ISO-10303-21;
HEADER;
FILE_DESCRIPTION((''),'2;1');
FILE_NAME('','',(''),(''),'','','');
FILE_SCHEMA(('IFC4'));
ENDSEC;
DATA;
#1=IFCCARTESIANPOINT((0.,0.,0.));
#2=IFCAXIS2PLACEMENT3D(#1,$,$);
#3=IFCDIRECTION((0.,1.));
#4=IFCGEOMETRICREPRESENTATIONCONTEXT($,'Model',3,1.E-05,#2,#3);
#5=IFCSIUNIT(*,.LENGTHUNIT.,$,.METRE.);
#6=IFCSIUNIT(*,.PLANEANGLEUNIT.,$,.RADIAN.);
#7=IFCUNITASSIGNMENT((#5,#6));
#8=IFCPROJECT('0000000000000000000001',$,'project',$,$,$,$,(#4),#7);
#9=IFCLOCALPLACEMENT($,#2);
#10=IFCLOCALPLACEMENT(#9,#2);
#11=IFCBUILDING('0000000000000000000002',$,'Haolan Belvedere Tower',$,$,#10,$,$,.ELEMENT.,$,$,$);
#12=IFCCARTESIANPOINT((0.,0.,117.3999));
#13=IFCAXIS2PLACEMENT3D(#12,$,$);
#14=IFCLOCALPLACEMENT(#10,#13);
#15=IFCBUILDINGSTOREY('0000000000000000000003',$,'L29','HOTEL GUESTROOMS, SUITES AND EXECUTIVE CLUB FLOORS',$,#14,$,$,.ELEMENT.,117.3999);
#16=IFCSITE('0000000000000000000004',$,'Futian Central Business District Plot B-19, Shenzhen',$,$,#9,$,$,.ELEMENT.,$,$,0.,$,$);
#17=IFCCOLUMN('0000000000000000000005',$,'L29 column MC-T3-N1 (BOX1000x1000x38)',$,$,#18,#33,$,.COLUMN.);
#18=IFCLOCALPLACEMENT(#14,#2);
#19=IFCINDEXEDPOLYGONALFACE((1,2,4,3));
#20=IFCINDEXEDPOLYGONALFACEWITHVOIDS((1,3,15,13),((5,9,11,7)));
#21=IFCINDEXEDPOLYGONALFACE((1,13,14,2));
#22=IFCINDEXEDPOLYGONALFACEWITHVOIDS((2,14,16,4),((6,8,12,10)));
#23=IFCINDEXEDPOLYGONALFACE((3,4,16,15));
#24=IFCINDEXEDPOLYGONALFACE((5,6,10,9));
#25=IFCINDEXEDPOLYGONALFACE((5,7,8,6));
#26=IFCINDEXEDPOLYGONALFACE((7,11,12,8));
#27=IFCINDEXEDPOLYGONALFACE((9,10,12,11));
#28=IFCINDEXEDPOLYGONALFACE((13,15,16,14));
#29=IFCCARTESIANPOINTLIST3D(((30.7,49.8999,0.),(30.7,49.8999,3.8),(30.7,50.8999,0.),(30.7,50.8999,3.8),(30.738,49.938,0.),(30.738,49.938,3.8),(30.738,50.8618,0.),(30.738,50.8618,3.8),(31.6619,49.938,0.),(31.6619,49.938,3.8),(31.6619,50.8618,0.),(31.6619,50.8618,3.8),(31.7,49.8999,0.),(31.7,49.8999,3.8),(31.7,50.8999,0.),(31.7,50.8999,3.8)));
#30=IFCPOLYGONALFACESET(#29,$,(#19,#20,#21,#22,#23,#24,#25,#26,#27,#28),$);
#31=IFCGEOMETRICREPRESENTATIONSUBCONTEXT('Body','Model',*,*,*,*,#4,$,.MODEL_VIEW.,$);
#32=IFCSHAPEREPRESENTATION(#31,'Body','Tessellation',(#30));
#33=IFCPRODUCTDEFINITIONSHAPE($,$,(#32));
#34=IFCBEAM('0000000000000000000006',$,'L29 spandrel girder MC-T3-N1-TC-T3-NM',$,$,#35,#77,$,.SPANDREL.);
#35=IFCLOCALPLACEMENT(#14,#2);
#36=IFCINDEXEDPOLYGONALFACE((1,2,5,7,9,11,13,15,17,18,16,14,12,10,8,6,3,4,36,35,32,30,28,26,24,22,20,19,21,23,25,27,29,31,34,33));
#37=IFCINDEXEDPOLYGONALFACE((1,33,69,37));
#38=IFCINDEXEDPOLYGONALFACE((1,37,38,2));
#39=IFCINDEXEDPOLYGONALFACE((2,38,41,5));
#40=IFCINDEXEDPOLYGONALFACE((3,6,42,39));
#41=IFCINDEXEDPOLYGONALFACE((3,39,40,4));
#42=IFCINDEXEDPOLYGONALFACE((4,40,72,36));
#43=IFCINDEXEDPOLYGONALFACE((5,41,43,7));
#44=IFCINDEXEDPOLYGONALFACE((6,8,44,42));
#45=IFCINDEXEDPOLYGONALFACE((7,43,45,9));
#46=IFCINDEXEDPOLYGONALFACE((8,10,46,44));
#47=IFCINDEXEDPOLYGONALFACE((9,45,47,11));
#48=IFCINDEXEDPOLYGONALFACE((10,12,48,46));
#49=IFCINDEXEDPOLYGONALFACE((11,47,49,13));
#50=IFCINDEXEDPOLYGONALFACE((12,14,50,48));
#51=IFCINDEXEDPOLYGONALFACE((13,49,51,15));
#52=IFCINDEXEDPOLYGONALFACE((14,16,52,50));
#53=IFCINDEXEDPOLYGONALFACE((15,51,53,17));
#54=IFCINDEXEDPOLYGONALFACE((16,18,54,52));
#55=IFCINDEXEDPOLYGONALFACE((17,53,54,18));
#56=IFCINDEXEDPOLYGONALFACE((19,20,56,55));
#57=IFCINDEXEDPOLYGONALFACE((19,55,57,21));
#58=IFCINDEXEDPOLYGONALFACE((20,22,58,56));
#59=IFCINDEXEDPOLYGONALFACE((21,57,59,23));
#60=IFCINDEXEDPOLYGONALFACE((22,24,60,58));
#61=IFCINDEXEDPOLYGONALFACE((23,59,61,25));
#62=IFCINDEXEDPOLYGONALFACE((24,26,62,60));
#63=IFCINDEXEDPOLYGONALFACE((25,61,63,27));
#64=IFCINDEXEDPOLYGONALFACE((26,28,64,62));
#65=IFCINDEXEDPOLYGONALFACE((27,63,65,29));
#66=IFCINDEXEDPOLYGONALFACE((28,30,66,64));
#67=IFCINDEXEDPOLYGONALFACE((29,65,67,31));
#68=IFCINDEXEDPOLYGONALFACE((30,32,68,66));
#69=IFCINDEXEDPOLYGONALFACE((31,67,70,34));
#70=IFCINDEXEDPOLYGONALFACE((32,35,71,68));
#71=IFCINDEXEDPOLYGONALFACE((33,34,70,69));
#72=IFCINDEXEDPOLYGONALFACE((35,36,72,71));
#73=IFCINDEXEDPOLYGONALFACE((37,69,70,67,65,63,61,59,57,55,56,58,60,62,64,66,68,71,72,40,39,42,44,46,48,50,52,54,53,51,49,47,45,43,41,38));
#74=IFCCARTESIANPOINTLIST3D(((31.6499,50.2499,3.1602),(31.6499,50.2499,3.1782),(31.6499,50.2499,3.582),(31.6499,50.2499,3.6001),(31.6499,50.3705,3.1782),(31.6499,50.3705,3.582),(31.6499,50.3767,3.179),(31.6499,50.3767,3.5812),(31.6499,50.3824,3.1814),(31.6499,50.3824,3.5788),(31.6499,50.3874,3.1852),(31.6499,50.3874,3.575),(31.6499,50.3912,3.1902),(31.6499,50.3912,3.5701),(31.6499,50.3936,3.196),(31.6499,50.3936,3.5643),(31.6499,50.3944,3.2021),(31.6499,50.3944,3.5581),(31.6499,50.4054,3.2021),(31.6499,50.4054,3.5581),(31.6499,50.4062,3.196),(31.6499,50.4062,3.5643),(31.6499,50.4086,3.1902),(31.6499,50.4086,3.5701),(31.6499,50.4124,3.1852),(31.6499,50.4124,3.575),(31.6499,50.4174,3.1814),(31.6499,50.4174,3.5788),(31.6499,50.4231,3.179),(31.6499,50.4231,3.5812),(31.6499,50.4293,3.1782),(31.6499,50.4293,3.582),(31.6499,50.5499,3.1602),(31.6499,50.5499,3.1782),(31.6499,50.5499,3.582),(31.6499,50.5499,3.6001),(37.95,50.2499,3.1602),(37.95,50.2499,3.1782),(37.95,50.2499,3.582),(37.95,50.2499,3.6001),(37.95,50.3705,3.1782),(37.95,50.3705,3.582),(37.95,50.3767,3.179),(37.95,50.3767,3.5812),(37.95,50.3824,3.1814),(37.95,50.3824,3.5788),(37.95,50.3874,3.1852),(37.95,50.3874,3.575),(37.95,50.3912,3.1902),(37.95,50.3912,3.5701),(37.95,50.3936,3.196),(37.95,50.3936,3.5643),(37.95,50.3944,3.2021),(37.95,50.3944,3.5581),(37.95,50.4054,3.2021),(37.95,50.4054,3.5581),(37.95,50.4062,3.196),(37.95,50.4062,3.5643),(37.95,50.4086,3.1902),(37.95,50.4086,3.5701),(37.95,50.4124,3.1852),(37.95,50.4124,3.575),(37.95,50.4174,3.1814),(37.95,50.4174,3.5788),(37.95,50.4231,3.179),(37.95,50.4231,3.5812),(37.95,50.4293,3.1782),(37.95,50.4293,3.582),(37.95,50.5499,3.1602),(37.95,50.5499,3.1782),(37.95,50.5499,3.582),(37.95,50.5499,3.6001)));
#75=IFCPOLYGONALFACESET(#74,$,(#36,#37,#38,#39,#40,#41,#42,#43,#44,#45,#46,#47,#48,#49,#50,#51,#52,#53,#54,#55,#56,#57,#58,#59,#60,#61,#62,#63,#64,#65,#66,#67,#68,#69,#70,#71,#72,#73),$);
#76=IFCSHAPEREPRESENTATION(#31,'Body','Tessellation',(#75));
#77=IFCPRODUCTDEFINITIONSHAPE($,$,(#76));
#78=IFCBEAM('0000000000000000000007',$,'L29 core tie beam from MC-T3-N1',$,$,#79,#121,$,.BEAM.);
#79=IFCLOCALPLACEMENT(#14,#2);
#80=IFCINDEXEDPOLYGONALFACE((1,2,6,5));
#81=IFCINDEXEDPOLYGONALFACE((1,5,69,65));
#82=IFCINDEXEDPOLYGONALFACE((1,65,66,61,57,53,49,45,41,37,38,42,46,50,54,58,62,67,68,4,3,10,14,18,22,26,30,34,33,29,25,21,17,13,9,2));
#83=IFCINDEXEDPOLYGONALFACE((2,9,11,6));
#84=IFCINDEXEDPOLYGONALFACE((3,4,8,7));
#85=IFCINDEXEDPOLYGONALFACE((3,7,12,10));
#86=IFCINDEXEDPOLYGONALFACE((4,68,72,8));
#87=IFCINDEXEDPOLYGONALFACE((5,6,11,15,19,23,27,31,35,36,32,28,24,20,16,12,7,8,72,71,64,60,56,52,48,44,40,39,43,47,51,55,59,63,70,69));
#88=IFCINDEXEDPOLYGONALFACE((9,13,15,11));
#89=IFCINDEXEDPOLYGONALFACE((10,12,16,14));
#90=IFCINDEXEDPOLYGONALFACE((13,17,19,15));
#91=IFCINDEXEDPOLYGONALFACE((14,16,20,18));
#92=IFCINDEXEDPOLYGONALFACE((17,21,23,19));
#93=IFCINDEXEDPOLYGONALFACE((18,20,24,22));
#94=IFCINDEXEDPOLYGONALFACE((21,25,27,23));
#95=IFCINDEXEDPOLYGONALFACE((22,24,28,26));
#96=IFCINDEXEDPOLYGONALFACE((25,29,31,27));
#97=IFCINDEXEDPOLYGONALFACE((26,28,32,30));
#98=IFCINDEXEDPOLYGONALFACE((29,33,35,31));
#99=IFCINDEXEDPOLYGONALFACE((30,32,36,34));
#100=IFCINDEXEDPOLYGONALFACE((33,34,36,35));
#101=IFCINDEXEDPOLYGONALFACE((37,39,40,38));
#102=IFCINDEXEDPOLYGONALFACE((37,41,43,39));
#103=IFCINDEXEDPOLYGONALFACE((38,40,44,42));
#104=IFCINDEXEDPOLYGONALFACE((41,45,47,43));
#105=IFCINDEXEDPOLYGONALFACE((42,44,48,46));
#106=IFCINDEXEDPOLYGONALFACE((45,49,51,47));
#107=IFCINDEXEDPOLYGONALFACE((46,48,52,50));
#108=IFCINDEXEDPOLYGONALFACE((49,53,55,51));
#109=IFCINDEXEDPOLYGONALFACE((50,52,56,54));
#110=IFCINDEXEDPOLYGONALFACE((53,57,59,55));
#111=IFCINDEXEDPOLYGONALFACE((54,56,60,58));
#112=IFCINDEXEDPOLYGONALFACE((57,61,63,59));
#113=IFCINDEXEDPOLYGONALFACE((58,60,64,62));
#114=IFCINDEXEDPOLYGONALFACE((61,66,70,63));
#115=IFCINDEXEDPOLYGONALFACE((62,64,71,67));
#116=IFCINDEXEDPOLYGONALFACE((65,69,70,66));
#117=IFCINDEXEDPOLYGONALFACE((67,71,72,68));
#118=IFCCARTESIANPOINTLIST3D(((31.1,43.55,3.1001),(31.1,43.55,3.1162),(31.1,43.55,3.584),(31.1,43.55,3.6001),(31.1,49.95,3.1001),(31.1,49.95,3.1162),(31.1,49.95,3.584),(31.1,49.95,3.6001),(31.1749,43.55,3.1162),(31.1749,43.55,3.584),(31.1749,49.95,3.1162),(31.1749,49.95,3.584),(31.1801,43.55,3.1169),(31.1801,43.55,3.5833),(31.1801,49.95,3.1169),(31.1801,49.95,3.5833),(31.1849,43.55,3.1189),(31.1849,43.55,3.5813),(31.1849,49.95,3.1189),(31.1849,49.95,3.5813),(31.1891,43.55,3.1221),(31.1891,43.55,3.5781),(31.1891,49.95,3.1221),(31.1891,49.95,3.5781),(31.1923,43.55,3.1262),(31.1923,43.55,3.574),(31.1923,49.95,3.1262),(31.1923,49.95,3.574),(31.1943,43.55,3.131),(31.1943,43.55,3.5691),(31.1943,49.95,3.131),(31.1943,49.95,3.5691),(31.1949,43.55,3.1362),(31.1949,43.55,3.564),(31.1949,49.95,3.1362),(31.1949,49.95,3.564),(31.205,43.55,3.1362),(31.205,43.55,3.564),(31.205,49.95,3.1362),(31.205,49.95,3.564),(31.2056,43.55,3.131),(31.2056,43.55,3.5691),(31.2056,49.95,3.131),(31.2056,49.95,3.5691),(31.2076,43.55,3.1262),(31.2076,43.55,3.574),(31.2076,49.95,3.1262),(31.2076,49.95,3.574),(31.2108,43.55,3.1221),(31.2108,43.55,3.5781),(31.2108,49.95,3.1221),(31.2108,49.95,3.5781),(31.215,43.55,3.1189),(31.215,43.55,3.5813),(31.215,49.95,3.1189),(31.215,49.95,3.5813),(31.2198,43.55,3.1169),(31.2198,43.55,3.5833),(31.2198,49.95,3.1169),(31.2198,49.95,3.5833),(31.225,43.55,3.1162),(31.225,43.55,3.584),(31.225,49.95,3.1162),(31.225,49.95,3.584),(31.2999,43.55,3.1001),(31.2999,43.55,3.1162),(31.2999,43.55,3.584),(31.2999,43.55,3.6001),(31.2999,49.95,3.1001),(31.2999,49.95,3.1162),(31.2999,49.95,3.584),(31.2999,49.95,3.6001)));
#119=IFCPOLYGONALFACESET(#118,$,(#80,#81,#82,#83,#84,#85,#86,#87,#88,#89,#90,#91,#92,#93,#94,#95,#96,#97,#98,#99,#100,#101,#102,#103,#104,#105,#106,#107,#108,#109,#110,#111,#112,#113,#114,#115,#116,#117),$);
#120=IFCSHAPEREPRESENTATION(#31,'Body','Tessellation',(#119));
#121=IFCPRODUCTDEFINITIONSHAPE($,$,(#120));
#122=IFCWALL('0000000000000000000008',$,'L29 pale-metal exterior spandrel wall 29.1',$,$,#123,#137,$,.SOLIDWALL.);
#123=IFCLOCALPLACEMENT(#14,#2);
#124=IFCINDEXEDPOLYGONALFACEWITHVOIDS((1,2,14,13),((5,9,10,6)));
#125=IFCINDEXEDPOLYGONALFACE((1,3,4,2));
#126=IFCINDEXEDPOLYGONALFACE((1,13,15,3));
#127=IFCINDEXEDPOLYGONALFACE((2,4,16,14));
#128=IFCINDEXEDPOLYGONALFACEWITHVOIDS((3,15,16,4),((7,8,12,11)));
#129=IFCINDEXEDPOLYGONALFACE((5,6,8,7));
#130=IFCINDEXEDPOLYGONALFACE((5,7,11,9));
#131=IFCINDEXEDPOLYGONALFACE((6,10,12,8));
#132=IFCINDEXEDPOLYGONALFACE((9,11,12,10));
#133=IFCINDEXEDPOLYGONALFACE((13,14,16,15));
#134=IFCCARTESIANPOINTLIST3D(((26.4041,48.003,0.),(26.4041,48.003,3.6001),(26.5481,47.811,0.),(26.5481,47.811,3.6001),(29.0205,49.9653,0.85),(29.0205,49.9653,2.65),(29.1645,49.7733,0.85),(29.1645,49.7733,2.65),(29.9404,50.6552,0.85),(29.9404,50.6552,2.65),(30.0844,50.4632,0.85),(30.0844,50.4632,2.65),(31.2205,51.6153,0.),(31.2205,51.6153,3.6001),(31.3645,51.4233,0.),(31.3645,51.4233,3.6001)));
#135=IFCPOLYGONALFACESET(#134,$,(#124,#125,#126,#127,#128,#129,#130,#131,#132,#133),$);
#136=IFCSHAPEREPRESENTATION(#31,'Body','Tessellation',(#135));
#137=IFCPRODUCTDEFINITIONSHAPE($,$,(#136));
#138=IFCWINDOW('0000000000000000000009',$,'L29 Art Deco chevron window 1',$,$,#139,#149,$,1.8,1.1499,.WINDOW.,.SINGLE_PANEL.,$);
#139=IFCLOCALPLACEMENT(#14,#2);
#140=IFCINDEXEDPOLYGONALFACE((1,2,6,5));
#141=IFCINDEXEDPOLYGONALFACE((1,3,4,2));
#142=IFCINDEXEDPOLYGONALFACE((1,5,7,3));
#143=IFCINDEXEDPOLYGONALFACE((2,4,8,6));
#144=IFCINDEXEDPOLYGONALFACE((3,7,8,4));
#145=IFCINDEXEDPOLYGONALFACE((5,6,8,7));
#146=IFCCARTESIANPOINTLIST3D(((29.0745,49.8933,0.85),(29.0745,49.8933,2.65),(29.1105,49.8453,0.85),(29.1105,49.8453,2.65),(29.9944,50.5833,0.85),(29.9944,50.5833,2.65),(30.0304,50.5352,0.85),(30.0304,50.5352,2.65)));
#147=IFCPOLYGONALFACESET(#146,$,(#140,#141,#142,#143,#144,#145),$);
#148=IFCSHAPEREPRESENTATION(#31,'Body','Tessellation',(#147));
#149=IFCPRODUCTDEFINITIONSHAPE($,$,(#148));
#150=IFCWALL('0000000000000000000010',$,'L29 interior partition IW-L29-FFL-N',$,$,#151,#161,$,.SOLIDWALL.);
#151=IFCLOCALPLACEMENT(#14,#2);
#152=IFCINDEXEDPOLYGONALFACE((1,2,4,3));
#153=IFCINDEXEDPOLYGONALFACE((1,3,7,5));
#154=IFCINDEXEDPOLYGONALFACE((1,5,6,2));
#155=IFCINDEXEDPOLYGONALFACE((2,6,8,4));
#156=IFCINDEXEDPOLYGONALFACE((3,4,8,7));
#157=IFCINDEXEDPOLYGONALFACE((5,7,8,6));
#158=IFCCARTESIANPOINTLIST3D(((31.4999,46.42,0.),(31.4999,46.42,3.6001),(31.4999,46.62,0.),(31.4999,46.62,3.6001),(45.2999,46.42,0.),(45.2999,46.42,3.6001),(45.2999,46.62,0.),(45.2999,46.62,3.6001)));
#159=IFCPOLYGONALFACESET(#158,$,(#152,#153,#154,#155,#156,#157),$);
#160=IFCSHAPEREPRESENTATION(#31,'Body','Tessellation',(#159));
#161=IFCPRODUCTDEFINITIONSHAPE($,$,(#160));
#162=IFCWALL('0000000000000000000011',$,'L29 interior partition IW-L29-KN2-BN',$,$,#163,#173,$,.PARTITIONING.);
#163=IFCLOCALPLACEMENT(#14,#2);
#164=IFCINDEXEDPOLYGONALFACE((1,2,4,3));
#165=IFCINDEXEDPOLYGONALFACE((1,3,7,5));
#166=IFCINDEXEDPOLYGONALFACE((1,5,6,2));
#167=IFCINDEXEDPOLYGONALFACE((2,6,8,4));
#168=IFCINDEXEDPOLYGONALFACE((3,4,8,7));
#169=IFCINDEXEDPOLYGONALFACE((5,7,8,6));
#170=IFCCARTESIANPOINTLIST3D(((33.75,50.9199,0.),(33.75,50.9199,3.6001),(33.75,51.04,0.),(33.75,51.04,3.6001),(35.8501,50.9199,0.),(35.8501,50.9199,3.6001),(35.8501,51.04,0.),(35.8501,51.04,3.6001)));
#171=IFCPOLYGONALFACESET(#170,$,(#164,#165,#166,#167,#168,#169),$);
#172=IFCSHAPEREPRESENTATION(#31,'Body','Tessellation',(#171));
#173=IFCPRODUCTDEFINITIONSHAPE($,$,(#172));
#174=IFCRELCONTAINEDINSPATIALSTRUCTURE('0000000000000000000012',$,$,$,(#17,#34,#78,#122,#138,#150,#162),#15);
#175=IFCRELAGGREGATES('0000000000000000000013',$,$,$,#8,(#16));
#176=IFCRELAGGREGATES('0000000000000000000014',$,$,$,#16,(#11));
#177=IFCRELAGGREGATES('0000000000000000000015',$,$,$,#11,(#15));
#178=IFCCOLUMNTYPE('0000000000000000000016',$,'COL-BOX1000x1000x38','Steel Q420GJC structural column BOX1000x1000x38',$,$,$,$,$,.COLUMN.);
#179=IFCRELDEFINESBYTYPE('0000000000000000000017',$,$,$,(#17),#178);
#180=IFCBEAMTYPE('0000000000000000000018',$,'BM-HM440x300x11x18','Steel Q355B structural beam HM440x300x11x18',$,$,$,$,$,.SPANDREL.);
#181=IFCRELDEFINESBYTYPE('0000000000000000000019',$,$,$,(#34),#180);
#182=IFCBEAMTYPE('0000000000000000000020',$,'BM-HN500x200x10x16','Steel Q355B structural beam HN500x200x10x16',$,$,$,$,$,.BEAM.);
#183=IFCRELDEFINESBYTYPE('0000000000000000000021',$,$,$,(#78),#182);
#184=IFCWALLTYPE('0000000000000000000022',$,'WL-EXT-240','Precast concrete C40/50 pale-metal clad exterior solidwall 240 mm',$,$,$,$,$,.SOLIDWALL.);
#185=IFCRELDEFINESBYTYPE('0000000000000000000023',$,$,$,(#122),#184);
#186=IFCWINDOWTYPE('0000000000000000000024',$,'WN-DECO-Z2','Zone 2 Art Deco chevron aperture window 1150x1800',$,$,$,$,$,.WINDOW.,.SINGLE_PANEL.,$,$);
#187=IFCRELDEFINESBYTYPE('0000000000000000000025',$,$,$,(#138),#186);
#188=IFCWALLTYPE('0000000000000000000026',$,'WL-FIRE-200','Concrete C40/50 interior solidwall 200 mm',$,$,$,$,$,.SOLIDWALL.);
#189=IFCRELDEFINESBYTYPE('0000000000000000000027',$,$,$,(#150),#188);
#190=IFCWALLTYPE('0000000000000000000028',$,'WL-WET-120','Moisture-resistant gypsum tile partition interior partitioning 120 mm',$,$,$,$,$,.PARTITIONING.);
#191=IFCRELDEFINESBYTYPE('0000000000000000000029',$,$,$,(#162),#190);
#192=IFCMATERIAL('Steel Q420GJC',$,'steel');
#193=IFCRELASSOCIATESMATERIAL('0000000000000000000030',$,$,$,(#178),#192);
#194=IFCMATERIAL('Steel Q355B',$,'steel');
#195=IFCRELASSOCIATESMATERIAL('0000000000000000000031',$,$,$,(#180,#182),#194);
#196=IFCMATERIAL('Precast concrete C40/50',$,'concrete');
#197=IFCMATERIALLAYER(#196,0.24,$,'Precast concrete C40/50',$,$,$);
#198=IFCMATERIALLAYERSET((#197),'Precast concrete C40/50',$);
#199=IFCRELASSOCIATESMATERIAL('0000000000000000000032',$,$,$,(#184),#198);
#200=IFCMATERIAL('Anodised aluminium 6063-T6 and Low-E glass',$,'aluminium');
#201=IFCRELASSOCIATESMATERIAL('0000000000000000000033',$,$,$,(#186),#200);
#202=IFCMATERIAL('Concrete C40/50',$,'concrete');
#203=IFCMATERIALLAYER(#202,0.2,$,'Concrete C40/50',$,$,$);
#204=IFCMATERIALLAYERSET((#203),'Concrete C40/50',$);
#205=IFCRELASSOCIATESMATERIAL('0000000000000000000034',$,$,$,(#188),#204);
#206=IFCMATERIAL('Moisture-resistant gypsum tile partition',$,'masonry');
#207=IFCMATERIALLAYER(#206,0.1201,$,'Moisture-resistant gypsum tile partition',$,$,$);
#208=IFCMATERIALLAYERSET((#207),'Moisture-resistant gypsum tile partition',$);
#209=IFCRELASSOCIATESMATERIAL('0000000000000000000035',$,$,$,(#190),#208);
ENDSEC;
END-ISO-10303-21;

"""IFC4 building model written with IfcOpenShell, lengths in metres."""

from ifc_helpers import new_model, si_unit, direction, frame, frame_2d, origin, origin_2d, place, context, subcontext, project, spatial, rectangle, hollow_rectangle, i_section, extrude, material, layer, layer_set, material_profile, profile_set, type_object, element, fill, save


model = new_model("IFC4")

# Units and contexts
model_context = context("Model", 3, precision=1e-05, world=origin(), true_north=direction((0.0, 1.0)))
body_context = subcontext(model_context, "Body", "Model", "MODEL_VIEW")
ifc_project = project(units=[si_unit("LENGTHUNIT", "METRE"), si_unit("PLANEANGLEUNIT", "RADIAN")], contexts=[model_context])

# Site, building, storey
site_placement = place(None, origin())
site = spatial("IfcSite", under=ifc_project, at=site_placement, Name="Futian Central Business District Plot B-19, Shenzhen", CompositionType="ELEMENT", RefElevation=0.0)
building_placement = place(site_placement, origin())
building = spatial("IfcBuilding", under=site, at=building_placement, Name="Haolan Belvedere Tower", CompositionType="ELEMENT")
storey_placement = place(building_placement, frame((0.0, 0.0, 117.3999)))
storey = spatial("IfcBuildingStorey", under=building, at=storey_placement, Name="L29", Description="HOTEL GUESTROOMS, SUITES AND EXECUTIVE CLUB FLOORS", CompositionType="ELEMENT", Elevation=117.3999)

# Column
ifc_material_1 = material(Name="Steel Q420GJC", Category="steel")
ifc_material_profile_1 = material_profile(ifc_material_1, hollow_rectangle(XDim=1.0, YDim=1.0, WallThickness=0.0381, at=origin_2d()), Name="Steel Q420GJC")
ifc_profile_set_1 = profile_set([ifc_material_profile_1], Name="Steel Q420GJC")
column_type = type_object("IfcColumnType", Name="COL-BOX1000x1000x38", Description="Steel Q420GJC structural column BOX1000x1000x38", PredefinedType="COLUMN", material=ifc_profile_set_1)
column_placement = place(storey_placement, frame((31.2, 50.3999, 0.0), z_axis=(0.0, 0.0, 1.0), x_axis=(1.0, 0.0, 0.0)))
element("IfcColumn", 1, at=column_placement, inside=storey, type_object=column_type, Name="L29 column MC-T3-N1 (BOX1000x1000x38)", PredefinedType="COLUMN", context=body_context, shape_type="SweptSolid", body=[
    extrude(hollow_rectangle(XDim=1.0, YDim=1.0, WallThickness=0.0381, at=origin_2d()), origin(), (0.0, 0.0, 1.0), 3.8),
])

# Beams
ifc_material_2 = material(Name="Steel Q355B", Category="steel")
ifc_material_profile_2 = material_profile(ifc_material_2, i_section(OverallWidth=0.3, OverallDepth=0.4399, WebThickness=0.011, FlangeThickness=0.0181, FilletRadius=0.0239, at=origin_2d()), Name="Steel Q355B")
ifc_profile_set_2 = profile_set([ifc_material_profile_2], Name="Steel Q355B")
beam_type_1 = type_object("IfcBeamType", Name="BM-HM440x300x11x18", Description="Steel Q355B structural beam HM440x300x11x18", PredefinedType="SPANDREL", material=ifc_profile_set_2)
beam_1_placement = place(storey_placement, frame((31.6499, 50.3999, 3.3801), z_axis=(1.0, 0.0, 0.0), x_axis=(0.0, 1.0, 0.0)))
element("IfcBeam", 2, at=beam_1_placement, inside=storey, type_object=beam_type_1, Name="L29 spandrel girder MC-T3-N1-TC-T3-NM", PredefinedType="SPANDREL", context=body_context, shape_type="SweptSolid", body=[
    extrude(i_section(OverallWidth=0.3, OverallDepth=0.4399, WebThickness=0.011, FlangeThickness=0.0181, FilletRadius=0.0239, at=origin_2d()), origin(), (0.0, 0.0, 1.0), 6.3),
])
ifc_material_profile_3 = material_profile(ifc_material_2, i_section(OverallWidth=0.2, OverallDepth=0.5, WebThickness=0.01, FlangeThickness=0.0161, FilletRadius=0.02, at=origin_2d()), Name="Steel Q355B")
ifc_profile_set_3 = profile_set([ifc_material_profile_3], Name="Steel Q355B")
beam_type_2 = type_object("IfcBeamType", Name="BM-HN500x200x10x16", Description="Steel Q355B structural beam HN500x200x10x16", PredefinedType="BEAM", material=ifc_profile_set_3)
beam_2_placement = place(storey_placement, frame((31.2, 49.95, 3.3501), z_axis=(0.0, -1.0, 0.0), x_axis=(1.0, 0.0, 0.0)))
element("IfcBeam", 3, at=beam_2_placement, inside=storey, type_object=beam_type_2, Name="L29 core tie beam from MC-T3-N1", PredefinedType="BEAM", context=body_context, shape_type="SweptSolid", body=[
    extrude(i_section(OverallWidth=0.2, OverallDepth=0.5, WebThickness=0.01, FlangeThickness=0.0161, FilletRadius=0.02, at=origin_2d()), origin(), (0.0, 0.0, 1.0), 6.3999),
])

# Wall, opening, window
ifc_material_3 = material(Name="Precast concrete C40/50", Category="concrete")
ifc_layer_1 = layer(ifc_material_3, 0.24, Name="Precast concrete C40/50")
ifc_layer_set_1 = layer_set([ifc_layer_1], Name="Precast concrete C40/50")
wall_type_1 = type_object("IfcWallType", Name="WL-EXT-240", Description="Precast concrete C40/50 pale-metal clad exterior solidwall 240 mm", PredefinedType="SOLIDWALL", material=ifc_layer_set_1)
wall_1_placement = place(storey_placement, frame((31.2925, 51.5193, 0.0), z_axis=(0.0, 0.0, 1.0), x_axis=(-0.8, -0.6, 0.0)))
wall_1 = element("IfcWall", 4, at=wall_1_placement, inside=storey, type_object=wall_type_1, Name="L29 pale-metal exterior spandrel wall 29.1", PredefinedType="SOLIDWALL", context=body_context, shape_type="SweptSolid", body=[
    extrude(rectangle(XDim=6.0205, YDim=0.24, at=frame_2d((3.0103, 0.0))), origin(), (0.0, 0.0, 1.0), 3.6001),
])
opening_1_placement = place(wall_1_placement, frame((1.6001, 0.0, 0.8501)))
opening_1 = element("IfcOpeningElement", 5, at=opening_1_placement, cuts=wall_1, PredefinedType="OPENING", context=body_context, shape_type="SweptSolid", body=[
    extrude(rectangle(XDim=1.1499, YDim=1.8, at=frame_2d((0.575, 0.8999))), frame((0.0, 0.1299, 0.0), z_axis=(0.0, -1.0, 0.0), x_axis=(1.0, 0.0, 0.0)), (0.0, 0.0, 1.0), 0.26),
])
ifc_material_4 = material(Name="Anodised aluminium 6063-T6 and Low-E glass", Category="aluminium")
window_type = type_object("IfcWindowType", Name="WN-DECO-Z2", Description="Zone 2 Art Deco chevron aperture window 1150x1800", PartitioningType="SINGLE_PANEL", PredefinedType="WINDOW", material=ifc_material_4)
window_placement = place(opening_1_placement, origin())
window = element("IfcWindow", 6, at=window_placement, inside=storey, type_object=window_type, Name="L29 Art Deco chevron window 1", OverallHeight=1.8, OverallWidth=1.1499, PartitioningType="SINGLE_PANEL", PredefinedType="WINDOW", context=body_context, shape_type="SweptSolid", body=[
    extrude(rectangle(XDim=1.1499, YDim=1.8, at=frame_2d((0.575, 0.8999))), frame((0.0, 0.03, 0.0), z_axis=(0.0, -1.0, 0.0), x_axis=(1.0, 0.0, 0.0)), (0.0, 0.0, 1.0), 0.0601),
])
fill(opening_1, window)

# Wall
ifc_material_5 = material(Name="Concrete C40/50", Category="concrete")
ifc_layer_2 = layer(ifc_material_5, 0.2, Name="Concrete C40/50")
ifc_layer_set_2 = layer_set([ifc_layer_2], Name="Concrete C40/50")
wall_type_2 = type_object("IfcWallType", Name="WL-FIRE-200", Description="Concrete C40/50 interior solidwall 200 mm", PredefinedType="SOLIDWALL", material=ifc_layer_set_2)
wall_2_placement = place(storey_placement, frame((31.5, 46.52, 0.0), z_axis=(0.0, 0.0, 1.0), x_axis=(1.0, 0.0, 0.0)))
element("IfcWall", 7, at=wall_2_placement, inside=storey, type_object=wall_type_2, Name="L29 interior partition IW-L29-FFL-N", PredefinedType="SOLIDWALL", context=body_context, shape_type="SweptSolid", body=[
    extrude(rectangle(XDim=13.8, YDim=0.2, at=frame_2d((6.8999, 0.0))), origin(), (0.0, 0.0, 1.0), 3.6001),
])

# Wall
ifc_material_6 = material(Name="Moisture-resistant gypsum tile partition", Category="masonry")
ifc_layer_3 = layer(ifc_material_6, 0.1201, Name="Moisture-resistant gypsum tile partition")
ifc_layer_set_3 = layer_set([ifc_layer_3], Name="Moisture-resistant gypsum tile partition")
wall_type_3 = type_object("IfcWallType", Name="WL-WET-120", Description="Moisture-resistant gypsum tile partition interior partitioning 120 mm", PredefinedType="PARTITIONING", material=ifc_layer_set_3)
wall_3_placement = place(storey_placement, frame((33.75, 50.98, 0.0), z_axis=(0.0, 0.0, 1.0), x_axis=(1.0, 0.0, 0.0)))
element("IfcWall", 8, at=wall_3_placement, inside=storey, type_object=wall_type_3, Name="L29 interior partition IW-L29-KN2-BN", PredefinedType="PARTITIONING", context=body_context, shape_type="SweptSolid", body=[
    extrude(rectangle(XDim=2.1001, YDim=0.1201, at=frame_2d((1.05, 0.0))), origin(), (0.0, 0.0, 1.0), 3.6001),
])

save(model, "model.ifc")
